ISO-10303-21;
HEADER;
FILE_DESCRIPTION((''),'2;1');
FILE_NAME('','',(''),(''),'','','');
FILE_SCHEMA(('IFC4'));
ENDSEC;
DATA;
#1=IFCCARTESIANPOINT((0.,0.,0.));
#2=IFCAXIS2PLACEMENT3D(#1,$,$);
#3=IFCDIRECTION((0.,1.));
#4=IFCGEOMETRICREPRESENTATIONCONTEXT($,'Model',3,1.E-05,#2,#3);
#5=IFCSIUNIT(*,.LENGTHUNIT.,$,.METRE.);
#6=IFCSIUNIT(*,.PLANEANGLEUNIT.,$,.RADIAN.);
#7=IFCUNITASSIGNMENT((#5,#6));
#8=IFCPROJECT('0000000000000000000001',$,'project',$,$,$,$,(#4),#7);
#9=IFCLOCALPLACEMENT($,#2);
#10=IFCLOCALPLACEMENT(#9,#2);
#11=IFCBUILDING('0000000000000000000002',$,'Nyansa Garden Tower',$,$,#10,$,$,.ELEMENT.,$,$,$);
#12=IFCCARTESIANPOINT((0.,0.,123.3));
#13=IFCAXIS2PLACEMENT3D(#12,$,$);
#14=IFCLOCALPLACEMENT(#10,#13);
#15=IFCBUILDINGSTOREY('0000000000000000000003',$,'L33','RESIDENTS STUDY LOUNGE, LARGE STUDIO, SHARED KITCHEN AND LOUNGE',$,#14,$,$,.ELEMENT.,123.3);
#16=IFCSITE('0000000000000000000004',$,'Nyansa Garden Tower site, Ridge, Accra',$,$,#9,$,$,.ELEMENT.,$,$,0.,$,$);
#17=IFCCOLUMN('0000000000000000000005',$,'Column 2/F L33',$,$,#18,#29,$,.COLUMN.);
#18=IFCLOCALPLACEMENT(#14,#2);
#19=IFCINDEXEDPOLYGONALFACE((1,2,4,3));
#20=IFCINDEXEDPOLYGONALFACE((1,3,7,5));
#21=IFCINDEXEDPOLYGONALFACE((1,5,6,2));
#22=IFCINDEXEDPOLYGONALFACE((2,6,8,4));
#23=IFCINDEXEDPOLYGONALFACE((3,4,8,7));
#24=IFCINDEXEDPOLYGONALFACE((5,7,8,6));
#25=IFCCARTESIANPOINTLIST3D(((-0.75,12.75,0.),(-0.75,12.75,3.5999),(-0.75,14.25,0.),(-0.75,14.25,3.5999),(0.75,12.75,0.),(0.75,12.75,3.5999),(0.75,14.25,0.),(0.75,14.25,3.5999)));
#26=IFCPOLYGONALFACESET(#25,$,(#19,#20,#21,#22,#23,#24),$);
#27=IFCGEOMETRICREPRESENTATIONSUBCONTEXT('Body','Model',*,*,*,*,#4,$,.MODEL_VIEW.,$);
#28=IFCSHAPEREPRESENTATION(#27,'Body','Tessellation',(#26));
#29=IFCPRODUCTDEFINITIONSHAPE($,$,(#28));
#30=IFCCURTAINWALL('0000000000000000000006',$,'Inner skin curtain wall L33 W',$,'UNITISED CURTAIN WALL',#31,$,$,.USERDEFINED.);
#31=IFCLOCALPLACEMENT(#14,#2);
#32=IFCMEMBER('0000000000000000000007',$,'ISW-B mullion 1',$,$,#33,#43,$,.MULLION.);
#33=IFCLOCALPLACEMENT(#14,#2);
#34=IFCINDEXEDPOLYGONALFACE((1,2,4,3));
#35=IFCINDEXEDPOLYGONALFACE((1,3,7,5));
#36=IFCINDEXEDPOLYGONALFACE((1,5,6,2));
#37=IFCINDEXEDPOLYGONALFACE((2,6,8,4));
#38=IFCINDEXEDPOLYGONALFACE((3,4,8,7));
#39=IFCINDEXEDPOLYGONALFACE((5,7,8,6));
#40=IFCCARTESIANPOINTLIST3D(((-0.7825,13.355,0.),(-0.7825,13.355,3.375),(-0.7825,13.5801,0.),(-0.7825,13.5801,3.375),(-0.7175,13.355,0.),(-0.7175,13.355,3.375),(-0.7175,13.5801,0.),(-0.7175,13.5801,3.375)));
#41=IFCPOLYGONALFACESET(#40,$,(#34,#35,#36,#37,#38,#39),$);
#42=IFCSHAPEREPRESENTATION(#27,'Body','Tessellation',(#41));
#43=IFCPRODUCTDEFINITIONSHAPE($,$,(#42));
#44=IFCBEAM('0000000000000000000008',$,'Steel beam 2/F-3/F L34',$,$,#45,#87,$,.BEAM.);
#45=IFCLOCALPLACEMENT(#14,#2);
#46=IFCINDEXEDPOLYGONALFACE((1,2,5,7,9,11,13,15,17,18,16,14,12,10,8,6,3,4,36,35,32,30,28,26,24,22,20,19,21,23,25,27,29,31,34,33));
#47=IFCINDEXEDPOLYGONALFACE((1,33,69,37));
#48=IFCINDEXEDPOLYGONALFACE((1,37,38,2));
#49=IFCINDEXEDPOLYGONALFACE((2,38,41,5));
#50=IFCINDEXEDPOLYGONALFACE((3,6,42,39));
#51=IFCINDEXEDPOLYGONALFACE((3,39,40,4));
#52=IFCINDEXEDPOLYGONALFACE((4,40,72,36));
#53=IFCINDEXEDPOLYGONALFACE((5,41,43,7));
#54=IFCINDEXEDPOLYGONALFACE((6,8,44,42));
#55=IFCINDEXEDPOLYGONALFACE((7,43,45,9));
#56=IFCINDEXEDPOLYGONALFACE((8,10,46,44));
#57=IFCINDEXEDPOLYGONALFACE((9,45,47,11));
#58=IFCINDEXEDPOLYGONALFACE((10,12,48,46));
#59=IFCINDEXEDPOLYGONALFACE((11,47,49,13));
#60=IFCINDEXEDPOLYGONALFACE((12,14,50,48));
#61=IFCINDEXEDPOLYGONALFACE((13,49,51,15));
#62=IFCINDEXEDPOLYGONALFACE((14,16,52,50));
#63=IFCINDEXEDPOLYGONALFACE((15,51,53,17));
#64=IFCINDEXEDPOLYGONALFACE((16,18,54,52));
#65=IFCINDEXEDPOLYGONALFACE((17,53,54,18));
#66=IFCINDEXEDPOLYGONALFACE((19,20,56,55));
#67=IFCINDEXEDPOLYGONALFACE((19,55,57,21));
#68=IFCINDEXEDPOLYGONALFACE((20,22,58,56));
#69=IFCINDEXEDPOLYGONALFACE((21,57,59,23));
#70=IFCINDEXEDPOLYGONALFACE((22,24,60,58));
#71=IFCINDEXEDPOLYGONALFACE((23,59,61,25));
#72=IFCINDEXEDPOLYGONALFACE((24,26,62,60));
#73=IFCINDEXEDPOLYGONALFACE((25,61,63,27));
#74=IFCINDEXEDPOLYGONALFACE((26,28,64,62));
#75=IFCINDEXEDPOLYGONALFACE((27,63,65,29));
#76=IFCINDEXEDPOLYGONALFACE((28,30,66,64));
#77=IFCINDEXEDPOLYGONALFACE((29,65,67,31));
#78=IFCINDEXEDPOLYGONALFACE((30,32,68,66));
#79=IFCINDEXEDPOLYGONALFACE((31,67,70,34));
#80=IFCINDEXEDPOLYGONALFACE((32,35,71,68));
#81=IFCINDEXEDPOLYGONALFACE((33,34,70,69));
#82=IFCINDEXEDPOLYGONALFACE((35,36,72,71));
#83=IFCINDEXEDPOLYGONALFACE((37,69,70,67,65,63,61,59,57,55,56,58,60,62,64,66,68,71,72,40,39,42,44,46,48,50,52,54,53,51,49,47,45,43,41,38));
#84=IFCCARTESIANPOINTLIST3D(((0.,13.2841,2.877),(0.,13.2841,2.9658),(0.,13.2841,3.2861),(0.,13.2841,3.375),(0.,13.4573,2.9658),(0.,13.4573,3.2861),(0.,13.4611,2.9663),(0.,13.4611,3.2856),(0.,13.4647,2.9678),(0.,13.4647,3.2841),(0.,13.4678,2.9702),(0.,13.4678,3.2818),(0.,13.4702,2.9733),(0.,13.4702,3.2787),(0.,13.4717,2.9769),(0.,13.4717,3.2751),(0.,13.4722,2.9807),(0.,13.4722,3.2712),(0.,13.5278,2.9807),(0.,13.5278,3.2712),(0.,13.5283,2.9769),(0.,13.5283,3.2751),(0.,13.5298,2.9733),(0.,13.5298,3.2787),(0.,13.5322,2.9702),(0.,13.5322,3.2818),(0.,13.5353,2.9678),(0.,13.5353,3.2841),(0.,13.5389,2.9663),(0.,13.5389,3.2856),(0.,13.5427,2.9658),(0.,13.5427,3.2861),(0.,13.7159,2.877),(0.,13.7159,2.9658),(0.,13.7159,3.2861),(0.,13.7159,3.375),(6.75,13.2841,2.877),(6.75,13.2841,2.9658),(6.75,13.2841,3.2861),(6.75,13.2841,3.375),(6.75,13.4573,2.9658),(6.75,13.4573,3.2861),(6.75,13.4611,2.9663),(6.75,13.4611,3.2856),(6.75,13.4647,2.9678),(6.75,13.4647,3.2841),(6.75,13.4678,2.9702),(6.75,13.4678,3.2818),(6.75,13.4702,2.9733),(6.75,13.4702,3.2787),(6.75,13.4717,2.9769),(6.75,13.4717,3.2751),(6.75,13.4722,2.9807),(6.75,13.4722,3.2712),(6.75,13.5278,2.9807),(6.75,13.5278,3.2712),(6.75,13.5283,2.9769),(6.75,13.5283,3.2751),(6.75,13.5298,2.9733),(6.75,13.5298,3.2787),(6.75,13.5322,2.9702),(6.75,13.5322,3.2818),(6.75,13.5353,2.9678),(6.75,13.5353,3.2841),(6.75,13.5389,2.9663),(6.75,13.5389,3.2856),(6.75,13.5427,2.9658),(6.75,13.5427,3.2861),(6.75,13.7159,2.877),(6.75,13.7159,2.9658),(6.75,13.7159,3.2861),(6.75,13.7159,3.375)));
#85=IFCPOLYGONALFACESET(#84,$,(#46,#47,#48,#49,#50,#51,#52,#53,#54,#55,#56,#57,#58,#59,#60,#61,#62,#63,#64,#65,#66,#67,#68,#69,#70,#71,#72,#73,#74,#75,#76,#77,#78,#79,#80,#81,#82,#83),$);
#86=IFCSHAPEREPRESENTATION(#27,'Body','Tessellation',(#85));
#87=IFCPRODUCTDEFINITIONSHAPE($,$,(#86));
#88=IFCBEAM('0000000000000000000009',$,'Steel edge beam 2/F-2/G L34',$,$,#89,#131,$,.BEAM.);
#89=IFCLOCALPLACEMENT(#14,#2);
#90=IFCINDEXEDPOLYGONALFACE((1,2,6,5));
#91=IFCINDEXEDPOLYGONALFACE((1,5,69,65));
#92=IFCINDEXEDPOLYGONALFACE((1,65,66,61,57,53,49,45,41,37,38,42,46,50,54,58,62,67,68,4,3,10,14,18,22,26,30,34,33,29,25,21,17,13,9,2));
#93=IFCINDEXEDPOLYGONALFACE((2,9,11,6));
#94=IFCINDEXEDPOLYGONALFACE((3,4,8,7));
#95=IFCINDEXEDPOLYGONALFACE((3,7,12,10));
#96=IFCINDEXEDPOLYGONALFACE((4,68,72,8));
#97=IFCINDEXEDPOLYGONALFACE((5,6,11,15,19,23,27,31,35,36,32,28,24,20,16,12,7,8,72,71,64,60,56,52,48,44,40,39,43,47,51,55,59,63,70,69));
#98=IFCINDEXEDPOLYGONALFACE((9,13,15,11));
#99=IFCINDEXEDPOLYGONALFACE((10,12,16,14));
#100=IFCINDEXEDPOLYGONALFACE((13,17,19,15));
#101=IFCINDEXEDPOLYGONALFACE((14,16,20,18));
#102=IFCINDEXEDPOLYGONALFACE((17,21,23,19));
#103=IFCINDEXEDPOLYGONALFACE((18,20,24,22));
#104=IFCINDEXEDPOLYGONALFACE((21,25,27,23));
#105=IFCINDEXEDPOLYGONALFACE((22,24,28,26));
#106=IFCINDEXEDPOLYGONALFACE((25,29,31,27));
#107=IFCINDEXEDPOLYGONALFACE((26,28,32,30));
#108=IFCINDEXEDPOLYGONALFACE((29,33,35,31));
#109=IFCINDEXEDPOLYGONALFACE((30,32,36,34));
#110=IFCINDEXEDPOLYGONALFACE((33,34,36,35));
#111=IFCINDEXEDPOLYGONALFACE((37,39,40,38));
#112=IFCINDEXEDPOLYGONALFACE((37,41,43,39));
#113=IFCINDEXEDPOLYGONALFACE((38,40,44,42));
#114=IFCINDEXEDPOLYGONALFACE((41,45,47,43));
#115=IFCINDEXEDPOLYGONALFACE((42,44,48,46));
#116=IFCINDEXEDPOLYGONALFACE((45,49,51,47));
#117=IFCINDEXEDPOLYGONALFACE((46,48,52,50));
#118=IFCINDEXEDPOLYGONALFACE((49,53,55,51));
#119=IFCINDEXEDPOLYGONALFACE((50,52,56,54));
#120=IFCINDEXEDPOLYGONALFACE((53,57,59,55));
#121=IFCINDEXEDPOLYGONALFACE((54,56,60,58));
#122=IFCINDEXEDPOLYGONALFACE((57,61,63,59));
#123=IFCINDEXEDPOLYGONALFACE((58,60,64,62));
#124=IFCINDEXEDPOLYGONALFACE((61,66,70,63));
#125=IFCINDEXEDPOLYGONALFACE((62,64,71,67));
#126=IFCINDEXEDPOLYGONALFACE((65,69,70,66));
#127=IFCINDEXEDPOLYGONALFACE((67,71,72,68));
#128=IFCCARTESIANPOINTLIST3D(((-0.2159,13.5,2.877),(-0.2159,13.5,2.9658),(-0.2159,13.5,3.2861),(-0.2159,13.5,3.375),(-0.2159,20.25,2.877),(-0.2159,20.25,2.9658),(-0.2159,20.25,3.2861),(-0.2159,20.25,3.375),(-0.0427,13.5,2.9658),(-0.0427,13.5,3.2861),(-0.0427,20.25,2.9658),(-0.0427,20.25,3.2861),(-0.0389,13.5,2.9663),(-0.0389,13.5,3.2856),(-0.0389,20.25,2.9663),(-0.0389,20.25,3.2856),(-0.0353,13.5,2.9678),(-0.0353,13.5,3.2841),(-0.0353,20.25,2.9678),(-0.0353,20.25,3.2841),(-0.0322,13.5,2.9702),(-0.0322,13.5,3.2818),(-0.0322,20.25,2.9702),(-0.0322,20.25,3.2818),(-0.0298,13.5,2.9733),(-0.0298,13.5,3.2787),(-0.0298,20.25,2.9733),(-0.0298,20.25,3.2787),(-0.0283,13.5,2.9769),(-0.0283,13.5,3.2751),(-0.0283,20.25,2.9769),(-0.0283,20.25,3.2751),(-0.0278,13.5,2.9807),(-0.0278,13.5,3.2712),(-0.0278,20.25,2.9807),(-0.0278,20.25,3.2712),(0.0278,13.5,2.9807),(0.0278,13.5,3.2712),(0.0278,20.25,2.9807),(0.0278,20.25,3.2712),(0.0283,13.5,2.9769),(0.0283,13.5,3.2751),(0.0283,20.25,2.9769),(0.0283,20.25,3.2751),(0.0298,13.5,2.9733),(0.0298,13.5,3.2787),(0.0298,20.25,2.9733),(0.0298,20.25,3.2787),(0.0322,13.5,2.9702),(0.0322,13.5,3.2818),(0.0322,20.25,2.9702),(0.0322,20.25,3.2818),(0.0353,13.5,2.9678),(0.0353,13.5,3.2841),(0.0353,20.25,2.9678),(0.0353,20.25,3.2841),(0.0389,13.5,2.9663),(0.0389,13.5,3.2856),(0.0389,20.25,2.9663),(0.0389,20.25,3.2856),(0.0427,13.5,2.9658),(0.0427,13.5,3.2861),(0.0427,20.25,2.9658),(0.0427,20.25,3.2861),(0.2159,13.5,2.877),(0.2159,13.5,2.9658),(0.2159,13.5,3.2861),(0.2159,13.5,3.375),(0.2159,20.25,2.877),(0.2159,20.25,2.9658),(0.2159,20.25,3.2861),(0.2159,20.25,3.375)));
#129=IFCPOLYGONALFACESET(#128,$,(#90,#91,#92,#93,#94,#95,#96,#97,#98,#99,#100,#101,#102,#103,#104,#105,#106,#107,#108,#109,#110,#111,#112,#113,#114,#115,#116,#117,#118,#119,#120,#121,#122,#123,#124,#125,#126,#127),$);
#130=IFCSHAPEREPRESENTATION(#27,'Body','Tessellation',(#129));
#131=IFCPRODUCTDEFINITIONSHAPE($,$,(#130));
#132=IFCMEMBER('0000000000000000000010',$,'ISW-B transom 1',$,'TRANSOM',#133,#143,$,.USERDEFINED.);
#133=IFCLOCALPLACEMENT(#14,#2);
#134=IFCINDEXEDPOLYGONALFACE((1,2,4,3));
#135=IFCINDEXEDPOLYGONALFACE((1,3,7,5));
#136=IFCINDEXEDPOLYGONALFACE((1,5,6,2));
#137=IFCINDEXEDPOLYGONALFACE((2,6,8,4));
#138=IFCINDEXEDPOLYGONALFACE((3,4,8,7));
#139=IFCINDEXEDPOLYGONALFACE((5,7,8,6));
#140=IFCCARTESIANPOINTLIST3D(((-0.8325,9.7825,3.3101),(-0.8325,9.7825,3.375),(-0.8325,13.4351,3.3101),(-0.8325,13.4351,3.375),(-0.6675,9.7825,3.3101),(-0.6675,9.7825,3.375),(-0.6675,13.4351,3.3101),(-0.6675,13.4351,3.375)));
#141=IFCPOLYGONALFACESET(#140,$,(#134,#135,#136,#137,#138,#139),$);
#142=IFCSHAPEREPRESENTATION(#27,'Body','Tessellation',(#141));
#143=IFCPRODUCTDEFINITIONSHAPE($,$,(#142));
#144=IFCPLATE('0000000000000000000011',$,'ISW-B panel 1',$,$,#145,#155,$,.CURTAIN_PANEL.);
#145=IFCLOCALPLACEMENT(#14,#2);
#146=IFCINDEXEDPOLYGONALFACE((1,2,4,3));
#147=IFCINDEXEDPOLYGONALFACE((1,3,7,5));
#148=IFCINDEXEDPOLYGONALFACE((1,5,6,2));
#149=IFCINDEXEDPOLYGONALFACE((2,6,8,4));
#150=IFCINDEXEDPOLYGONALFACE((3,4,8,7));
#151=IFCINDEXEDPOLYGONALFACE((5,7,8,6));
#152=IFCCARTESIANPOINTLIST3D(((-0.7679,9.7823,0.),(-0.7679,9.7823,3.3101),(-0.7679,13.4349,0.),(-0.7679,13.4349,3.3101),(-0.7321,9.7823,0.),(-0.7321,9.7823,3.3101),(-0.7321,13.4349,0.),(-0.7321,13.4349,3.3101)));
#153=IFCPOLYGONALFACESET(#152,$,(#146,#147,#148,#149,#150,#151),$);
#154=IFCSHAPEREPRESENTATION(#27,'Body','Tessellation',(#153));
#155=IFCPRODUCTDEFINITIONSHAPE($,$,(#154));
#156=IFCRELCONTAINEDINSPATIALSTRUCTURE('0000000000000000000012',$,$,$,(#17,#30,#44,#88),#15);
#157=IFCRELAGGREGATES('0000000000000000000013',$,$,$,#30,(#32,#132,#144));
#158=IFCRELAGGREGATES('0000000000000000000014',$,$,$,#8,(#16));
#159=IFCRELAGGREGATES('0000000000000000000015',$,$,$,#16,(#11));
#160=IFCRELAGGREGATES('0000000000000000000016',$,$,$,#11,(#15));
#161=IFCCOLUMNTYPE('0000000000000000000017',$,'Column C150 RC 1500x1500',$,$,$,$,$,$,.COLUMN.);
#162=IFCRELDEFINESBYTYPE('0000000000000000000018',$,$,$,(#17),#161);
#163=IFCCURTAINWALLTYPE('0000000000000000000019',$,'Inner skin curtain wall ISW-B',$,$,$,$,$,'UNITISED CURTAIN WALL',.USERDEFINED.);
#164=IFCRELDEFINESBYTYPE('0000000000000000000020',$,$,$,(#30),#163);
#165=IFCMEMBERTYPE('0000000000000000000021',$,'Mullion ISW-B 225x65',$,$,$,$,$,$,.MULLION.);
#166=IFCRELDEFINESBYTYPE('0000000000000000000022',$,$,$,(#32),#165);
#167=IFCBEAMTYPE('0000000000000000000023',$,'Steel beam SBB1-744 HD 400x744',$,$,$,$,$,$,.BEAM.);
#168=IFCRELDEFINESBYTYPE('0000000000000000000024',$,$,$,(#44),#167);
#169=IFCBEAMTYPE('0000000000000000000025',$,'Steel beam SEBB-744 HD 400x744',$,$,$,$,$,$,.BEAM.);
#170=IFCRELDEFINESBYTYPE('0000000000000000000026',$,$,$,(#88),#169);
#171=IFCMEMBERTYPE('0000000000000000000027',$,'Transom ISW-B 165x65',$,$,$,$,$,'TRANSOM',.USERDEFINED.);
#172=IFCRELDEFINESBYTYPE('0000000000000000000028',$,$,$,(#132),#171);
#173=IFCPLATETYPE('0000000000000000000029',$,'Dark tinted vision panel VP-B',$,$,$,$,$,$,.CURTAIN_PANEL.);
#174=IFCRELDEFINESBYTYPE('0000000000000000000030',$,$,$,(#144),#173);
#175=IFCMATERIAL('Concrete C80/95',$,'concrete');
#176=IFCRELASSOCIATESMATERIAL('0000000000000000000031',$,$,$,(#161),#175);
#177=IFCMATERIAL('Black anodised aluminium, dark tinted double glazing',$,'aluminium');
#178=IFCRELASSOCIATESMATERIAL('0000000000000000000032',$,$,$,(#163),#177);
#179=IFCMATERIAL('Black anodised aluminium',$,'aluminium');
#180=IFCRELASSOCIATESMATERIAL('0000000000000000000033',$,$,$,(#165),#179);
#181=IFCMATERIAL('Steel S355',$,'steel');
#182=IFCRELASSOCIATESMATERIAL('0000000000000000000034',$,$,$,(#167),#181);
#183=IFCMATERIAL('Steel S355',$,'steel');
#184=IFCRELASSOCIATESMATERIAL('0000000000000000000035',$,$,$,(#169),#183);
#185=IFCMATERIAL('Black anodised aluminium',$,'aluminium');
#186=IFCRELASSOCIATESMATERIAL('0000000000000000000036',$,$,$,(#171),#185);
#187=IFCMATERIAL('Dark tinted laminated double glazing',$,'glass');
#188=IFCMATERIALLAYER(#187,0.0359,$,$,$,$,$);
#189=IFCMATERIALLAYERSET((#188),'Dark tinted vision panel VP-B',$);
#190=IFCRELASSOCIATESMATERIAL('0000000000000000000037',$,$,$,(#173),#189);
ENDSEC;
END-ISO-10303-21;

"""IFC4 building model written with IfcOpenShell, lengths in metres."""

from ifc_helpers import new_model, si_unit, direction, frame, origin, origin_2d, place, context, subcontext, project, spatial, rectangle, i_section, extrude, material, layer, layer_set, material_profile, profile_set, type_object, element, aggregate, save


model = new_model("IFC4")

# Units and contexts
model_context = context("Model", 3, precision=1e-05, world=origin(), true_north=direction((0.0, 1.0)))
body_context = subcontext(model_context, "Body", "Model", "MODEL_VIEW")
ifc_project = project(units=[si_unit("LENGTHUNIT", "METRE"), si_unit("PLANEANGLEUNIT", "RADIAN")], contexts=[model_context])

# Site, building, storey
site_placement = place(None, origin())
site = spatial("IfcSite", under=ifc_project, at=site_placement, Name="Nyansa Garden Tower site, Ridge, Accra", CompositionType="ELEMENT", RefElevation=0.0)
building_placement = place(site_placement, origin())
building = spatial("IfcBuilding", under=site, at=building_placement, Name="Nyansa Garden Tower", CompositionType="ELEMENT")
storey_placement = place(building_placement, frame((0.0, 0.0, 123.3)))
storey = spatial("IfcBuildingStorey", under=building, at=storey_placement, Name="L33", Description="RESIDENTS STUDY LOUNGE, LARGE STUDIO, SHARED KITCHEN AND LOUNGE", CompositionType="ELEMENT", Elevation=123.3)

# Column
ifc_material_1 = material(Name="Concrete C80/95", Category="concrete")
ifc_material_profile_1 = material_profile(ifc_material_1, rectangle(XDim=1.5, YDim=1.5, at=origin_2d()), Name="RC 1500x1500")
ifc_profile_set_1 = profile_set([ifc_material_profile_1], Name="Concrete C80/95")
column_type = type_object("IfcColumnType", Name="Column C150 RC 1500x1500", PredefinedType="COLUMN", material=ifc_profile_set_1)
column_placement = place(storey_placement, frame((0.0, 13.5, 0.0), z_axis=(0.0, 0.0, 1.0), x_axis=(1.0, 0.0, 0.0)))
element("IfcColumn", 1, at=column_placement, inside=storey, type_object=column_type, Name="Column 2/F L33", PredefinedType="COLUMN", context=body_context, shape_type="SweptSolid", body=[
    extrude(rectangle(XDim=1.5, YDim=1.5, at=origin_2d()), origin(), (0.0, 0.0, 1.0), 3.5999),
])

# Curtain wall, member
ifc_material_2 = material(Name="Black anodised aluminium, dark tinted double glazing", Category="aluminium")
curtain_wall_type = type_object("IfcCurtainWallType", Name="Inner skin curtain wall ISW-B", ElementType="UNITISED CURTAIN WALL", PredefinedType="USERDEFINED", material=ifc_material_2)
curtain_wall_placement = place(storey_placement, origin())
curtain_wall = element("IfcCurtainWall", 2, at=curtain_wall_placement, inside=storey, type_object=curtain_wall_type, Name="Inner skin curtain wall L33 W", ObjectType="UNITISED CURTAIN WALL", PredefinedType="USERDEFINED")
ifc_material_3 = material(Name="Black anodised aluminium", Category="aluminium")
ifc_material_profile_2 = material_profile(ifc_material_3, rectangle(XDim=0.0649, YDim=0.2251, at=origin_2d()), Name="Mullion 225x65")
ifc_profile_set_2 = profile_set([ifc_material_profile_2], Name="Black anodised aluminium")
member_type_1 = type_object("IfcMemberType", Name="Mullion ISW-B 225x65", PredefinedType="MULLION", material=ifc_profile_set_2)
member_1_placement = place(storey_placement, frame((-0.75, 13.4675, 0.0), z_axis=(0.0, 0.0, 1.0), x_axis=(1.0, 0.0, 0.0)))
member_1 = element("IfcMember", 3, at=member_1_placement, type_object=member_type_1, Name="ISW-B mullion 1", PredefinedType="MULLION", context=body_context, shape_type="SweptSolid", body=[
    extrude(rectangle(XDim=0.0649, YDim=0.2251, at=origin_2d()), origin(), (0.0, 0.0, 1.0), 3.375),
])

# Beams
ifc_material_4 = material(Name="Steel S355", Category="steel")
ifc_material_profile_3 = material_profile(ifc_material_4, i_section(OverallWidth=0.4319, OverallDepth=0.498, WebThickness=0.0557, FlangeThickness=0.0889, FilletRadius=0.0149, at=origin_2d()), Name="HD 400x744")
ifc_profile_set_3 = profile_set([ifc_material_profile_3], Name="Steel S355")
beam_type_1 = type_object("IfcBeamType", Name="Steel beam SBB1-744 HD 400x744", PredefinedType="BEAM", material=ifc_profile_set_3)
beam_1_placement = place(storey_placement, frame((0.0, 13.5, 3.126), z_axis=(1.0, 0.0, 0.0), x_axis=(0.0, 1.0, 0.0)))
element("IfcBeam", 4, at=beam_1_placement, inside=storey, type_object=beam_type_1, Name="Steel beam 2/F-3/F L34", PredefinedType="BEAM", context=body_context, shape_type="SweptSolid", body=[
    extrude(i_section(OverallWidth=0.4319, OverallDepth=0.498, WebThickness=0.0557, FlangeThickness=0.0889, FilletRadius=0.0149, at=origin_2d()), origin(), (0.0, 0.0, 1.0), 6.75),
])
ifc_material_5 = material(Name="Steel S355", Category="steel")
ifc_material_profile_4 = material_profile(ifc_material_5, i_section(OverallWidth=0.4319, OverallDepth=0.498, WebThickness=0.0557, FlangeThickness=0.0889, FilletRadius=0.0149, at=origin_2d()), Name="HD 400x744")
ifc_profile_set_4 = profile_set([ifc_material_profile_4], Name="Steel S355")
beam_type_2 = type_object("IfcBeamType", Name="Steel beam SEBB-744 HD 400x744", PredefinedType="BEAM", material=ifc_profile_set_4)
beam_2_placement = place(storey_placement, frame((0.0, 13.5, 3.126), z_axis=(0.0, 1.0, 0.0), x_axis=(-1.0, 0.0, 0.0)))
element("IfcBeam", 5, at=beam_2_placement, inside=storey, type_object=beam_type_2, Name="Steel edge beam 2/F-2/G L34", PredefinedType="BEAM", context=body_context, shape_type="SweptSolid", body=[
    extrude(i_section(OverallWidth=0.4319, OverallDepth=0.498, WebThickness=0.0557, FlangeThickness=0.0889, FilletRadius=0.0149, at=origin_2d()), origin(), (0.0, 0.0, 1.0), 6.75),
])

# Member
ifc_material_6 = material(Name="Black anodised aluminium", Category="aluminium")
ifc_material_profile_5 = material_profile(ifc_material_6, rectangle(XDim=0.165, YDim=0.0649, at=origin_2d()), Name="Transom 165x65")
ifc_profile_set_5 = profile_set([ifc_material_profile_5], Name="Black anodised aluminium")
member_type_2 = type_object("IfcMemberType", Name="Transom ISW-B 165x65", ElementType="TRANSOM", PredefinedType="USERDEFINED", material=ifc_profile_set_5)
member_2_placement = place(storey_placement, frame((-0.75, 13.4351, 3.3425), z_axis=(0.0, -1.0, 0.0), x_axis=(1.0, 0.0, 0.0)))
member_2 = element("IfcMember", 6, at=member_2_placement, type_object=member_type_2, Name="ISW-B transom 1", ObjectType="TRANSOM", PredefinedType="USERDEFINED", context=body_context, shape_type="SweptSolid", body=[
    extrude(rectangle(XDim=0.165, YDim=0.0649, at=origin_2d()), origin(), (0.0, 0.0, 1.0), 3.6526),
])

# Plate
ifc_material_7 = material(Name="Dark tinted laminated double glazing", Category="glass")
ifc_layer_1 = layer(ifc_material_7, 0.0359)
ifc_layer_set_1 = layer_set([ifc_layer_1], Name="Dark tinted vision panel VP-B")
plate_type = type_object("IfcPlateType", Name="Dark tinted vision panel VP-B", PredefinedType="CURTAIN_PANEL", material=ifc_layer_set_1)
plate_placement = place(storey_placement, frame((-0.75, 11.6086, 0.0), z_axis=(0.0, 0.0, 1.0), x_axis=(0.0, -1.0, 0.0)))
plate = element("IfcPlate", 7, at=plate_placement, type_object=plate_type, Name="ISW-B panel 1", PredefinedType="CURTAIN_PANEL", context=body_context, shape_type="SweptSolid", body=[
    extrude(rectangle(XDim=3.6526, YDim=0.0359, at=origin_2d()), origin(), (0.0, 0.0, 1.0), 3.3101),
])
aggregate(curtain_wall, [member_1, member_2, plate])

save(model, "model.ifc")
